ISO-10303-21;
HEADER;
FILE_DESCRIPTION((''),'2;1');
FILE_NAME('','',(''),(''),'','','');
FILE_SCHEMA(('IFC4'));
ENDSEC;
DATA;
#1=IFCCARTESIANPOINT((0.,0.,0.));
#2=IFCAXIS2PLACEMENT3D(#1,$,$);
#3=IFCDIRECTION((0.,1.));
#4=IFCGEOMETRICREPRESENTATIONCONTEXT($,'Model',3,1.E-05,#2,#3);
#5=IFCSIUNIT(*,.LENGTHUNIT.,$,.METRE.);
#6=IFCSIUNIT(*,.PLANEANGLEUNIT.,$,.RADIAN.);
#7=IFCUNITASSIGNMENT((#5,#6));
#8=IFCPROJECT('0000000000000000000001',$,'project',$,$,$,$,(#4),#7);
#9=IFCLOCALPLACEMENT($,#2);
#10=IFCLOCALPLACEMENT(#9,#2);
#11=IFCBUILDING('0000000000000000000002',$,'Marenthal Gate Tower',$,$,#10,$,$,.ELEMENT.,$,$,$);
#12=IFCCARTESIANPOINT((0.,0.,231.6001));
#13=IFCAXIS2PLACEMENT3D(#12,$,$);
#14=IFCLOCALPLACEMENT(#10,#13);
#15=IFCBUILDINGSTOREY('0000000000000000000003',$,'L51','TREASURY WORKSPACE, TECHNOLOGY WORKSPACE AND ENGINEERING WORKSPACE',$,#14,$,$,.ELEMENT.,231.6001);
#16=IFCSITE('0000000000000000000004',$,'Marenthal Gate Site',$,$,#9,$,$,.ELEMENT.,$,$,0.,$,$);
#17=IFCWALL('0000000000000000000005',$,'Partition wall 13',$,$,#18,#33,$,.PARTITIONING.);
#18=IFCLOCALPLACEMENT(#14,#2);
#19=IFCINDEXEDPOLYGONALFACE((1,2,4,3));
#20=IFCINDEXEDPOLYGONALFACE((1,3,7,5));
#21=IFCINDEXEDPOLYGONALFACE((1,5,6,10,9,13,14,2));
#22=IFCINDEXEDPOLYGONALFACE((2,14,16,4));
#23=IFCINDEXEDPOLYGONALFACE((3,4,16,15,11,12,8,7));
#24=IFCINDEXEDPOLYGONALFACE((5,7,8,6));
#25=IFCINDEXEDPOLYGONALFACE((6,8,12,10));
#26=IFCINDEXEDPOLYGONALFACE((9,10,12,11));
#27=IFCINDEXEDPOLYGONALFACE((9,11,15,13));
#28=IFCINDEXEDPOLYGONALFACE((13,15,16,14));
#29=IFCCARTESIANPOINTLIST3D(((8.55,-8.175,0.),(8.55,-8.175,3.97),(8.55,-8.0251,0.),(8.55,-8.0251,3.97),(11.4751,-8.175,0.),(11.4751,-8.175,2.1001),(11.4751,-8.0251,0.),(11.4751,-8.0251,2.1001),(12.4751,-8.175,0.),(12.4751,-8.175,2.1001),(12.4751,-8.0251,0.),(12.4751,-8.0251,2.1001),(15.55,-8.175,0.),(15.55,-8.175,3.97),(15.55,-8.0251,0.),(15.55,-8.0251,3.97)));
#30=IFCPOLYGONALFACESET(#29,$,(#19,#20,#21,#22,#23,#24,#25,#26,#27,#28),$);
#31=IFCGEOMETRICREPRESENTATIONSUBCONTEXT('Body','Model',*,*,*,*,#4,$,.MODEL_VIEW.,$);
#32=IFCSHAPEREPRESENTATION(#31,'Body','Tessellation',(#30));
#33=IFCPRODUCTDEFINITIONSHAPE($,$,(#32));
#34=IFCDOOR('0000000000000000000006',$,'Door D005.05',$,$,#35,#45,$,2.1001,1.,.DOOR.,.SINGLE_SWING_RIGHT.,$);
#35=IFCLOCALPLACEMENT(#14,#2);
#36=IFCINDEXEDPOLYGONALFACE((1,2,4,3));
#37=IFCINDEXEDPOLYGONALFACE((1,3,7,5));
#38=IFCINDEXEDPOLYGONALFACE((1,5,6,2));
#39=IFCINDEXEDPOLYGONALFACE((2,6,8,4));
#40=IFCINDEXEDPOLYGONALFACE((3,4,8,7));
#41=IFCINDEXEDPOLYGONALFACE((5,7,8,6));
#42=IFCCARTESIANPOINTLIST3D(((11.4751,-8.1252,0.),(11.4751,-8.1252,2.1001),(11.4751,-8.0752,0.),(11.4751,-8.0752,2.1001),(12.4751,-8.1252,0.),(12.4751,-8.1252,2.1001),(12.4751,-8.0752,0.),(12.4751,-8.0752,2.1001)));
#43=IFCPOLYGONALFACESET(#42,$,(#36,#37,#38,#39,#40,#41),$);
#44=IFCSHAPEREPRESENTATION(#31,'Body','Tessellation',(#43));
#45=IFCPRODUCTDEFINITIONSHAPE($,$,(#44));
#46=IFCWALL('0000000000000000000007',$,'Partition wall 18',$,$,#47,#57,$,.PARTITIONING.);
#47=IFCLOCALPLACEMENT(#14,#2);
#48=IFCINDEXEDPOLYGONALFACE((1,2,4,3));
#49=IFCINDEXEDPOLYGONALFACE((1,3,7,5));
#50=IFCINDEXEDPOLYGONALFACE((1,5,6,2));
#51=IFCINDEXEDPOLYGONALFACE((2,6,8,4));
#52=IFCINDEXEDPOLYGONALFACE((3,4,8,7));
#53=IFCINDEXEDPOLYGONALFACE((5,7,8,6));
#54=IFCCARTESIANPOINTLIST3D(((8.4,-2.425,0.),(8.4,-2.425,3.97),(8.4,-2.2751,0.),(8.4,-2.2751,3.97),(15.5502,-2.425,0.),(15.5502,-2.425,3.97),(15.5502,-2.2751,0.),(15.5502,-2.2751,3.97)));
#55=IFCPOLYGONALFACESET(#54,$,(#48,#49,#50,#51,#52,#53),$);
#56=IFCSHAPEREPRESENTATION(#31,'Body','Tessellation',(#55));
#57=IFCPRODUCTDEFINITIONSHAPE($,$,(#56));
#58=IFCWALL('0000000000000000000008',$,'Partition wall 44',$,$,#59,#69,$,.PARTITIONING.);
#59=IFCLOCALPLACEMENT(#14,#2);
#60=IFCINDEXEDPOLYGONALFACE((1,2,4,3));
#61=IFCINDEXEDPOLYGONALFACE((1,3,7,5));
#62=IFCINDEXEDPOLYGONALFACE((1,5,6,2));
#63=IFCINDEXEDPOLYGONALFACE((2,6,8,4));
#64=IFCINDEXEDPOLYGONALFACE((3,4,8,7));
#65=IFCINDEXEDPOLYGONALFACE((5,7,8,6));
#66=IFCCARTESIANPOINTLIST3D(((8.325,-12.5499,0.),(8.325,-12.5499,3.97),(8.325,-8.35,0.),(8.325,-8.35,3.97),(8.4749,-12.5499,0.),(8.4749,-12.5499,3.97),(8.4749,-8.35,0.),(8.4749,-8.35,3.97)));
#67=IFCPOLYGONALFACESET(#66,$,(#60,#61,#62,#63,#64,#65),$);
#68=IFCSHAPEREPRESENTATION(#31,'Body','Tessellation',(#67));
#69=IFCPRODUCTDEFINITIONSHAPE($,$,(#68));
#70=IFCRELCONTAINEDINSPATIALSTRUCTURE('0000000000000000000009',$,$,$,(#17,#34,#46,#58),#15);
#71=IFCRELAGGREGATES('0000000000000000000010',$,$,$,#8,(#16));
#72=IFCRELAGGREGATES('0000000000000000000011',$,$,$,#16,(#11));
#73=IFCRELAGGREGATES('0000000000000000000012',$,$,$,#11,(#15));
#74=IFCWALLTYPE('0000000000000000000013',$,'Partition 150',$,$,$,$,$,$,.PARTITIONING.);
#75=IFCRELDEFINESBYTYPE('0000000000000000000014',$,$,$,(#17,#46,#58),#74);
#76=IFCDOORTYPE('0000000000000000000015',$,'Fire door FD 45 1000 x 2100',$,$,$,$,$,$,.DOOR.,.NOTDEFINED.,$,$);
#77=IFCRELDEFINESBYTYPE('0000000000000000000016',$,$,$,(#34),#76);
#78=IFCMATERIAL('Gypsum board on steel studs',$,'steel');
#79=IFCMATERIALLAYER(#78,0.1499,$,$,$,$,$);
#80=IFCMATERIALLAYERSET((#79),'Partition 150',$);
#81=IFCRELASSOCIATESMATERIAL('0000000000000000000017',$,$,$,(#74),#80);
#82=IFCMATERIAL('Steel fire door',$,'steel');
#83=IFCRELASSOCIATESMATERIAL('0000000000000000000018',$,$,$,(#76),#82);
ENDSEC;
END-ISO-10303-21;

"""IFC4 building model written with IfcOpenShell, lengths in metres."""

from ifc_helpers import new_model, si_unit, direction, frame, frame_2d, origin, place, context, subcontext, project, spatial, rectangle, extrude, material, layer, layer_set, type_object, element, fill, save


model = new_model("IFC4")

# Units and contexts
model_context = context("Model", 3, precision=1e-05, world=origin(), true_north=direction((0.0, 1.0)))
body_context = subcontext(model_context, "Body", "Model", "MODEL_VIEW")
ifc_project = project(units=[si_unit("LENGTHUNIT", "METRE"), si_unit("PLANEANGLEUNIT", "RADIAN")], contexts=[model_context])

# Site, building, storey
site_placement = place(None, origin())
site = spatial("IfcSite", under=ifc_project, at=site_placement, Name="Marenthal Gate Site", CompositionType="ELEMENT", RefElevation=0.0)
building_placement = place(site_placement, origin())
building = spatial("IfcBuilding", under=site, at=building_placement, Name="Marenthal Gate Tower", CompositionType="ELEMENT")
storey_placement = place(building_placement, frame((0.0, 0.0, 231.6001)))
storey = spatial("IfcBuildingStorey", under=building, at=storey_placement, Name="L51", Description="TREASURY WORKSPACE, TECHNOLOGY WORKSPACE AND ENGINEERING WORKSPACE", CompositionType="ELEMENT", Elevation=231.6001)

# Wall, opening, door
ifc_material_1 = material(Name="Gypsum board on steel studs", Category="steel")
ifc_layer_1 = layer(ifc_material_1, 0.1499)
ifc_layer_set_1 = layer_set([ifc_layer_1], Name="Partition 150")
wall_type_1 = type_object("IfcWallType", Name="Partition 150", PredefinedType="PARTITIONING", material=ifc_layer_set_1)
ifc_material_2 = material(Name="Steel fire door", Category="steel")
door_type_1 = type_object("IfcDoorType", Name="Fire door FD 45 1000 x 2100", OperationType="NOTDEFINED", PredefinedType="DOOR", material=ifc_material_2)
wall_1_placement = place(storey_placement, frame((8.55, -8.1001, 0.0), z_axis=(0.0, 0.0, 1.0), x_axis=(1.0, 0.0, 0.0)))
wall_1 = element("IfcWall", 1, at=wall_1_placement, inside=storey, type_object=wall_type_1, Name="Partition wall 13", PredefinedType="PARTITIONING", context=body_context, shape_type="SweptSolid", body=[
    extrude(rectangle(XDim=7.0, YDim=0.1499, at=frame_2d((3.5, 0.0))), origin(), (0.0, 0.0, 1.0), 3.97),
])
opening_1_placement = place(wall_1_placement, frame((2.925, 0.0, 0.0)))
opening_1 = element("IfcOpeningElement", 2, at=opening_1_placement, cuts=wall_1, PredefinedType="OPENING", context=body_context, shape_type="SweptSolid", body=[
    extrude(rectangle(XDim=1.0, YDim=2.1001, at=frame_2d((0.5, 1.05))), frame((0.0, 0.085, 0.0), z_axis=(0.0, -1.0, 0.0), x_axis=(1.0, 0.0, 0.0)), (0.0, 0.0, 1.0), 0.1699),
])
door_1_placement = place(opening_1_placement, origin())
door_1 = element("IfcDoor", 3, at=door_1_placement, inside=storey, type_object=door_type_1, Name="Door D005.05", OperationType="SINGLE_SWING_RIGHT", OverallHeight=2.1001, OverallWidth=1.0, PredefinedType="DOOR", context=body_context, shape_type="SweptSolid", body=[
    extrude(rectangle(XDim=1.0, YDim=2.1001, at=frame_2d((0.5, 1.05))), frame((0.0, 0.0249, 0.0), z_axis=(0.0, -1.0, 0.0), x_axis=(1.0, 0.0, 0.0)), (0.0, 0.0, 1.0), 0.05),
])
fill(opening_1, door_1)

# Walls
wall_2_placement = place(storey_placement, frame((8.3999, -2.3501, 0.0), z_axis=(0.0, 0.0, 1.0), x_axis=(1.0, 0.0, 0.0)))
element("IfcWall", 4, at=wall_2_placement, inside=storey, type_object=wall_type_1, Name="Partition wall 18", PredefinedType="PARTITIONING", context=body_context, shape_type="SweptSolid", body=[
    extrude(rectangle(XDim=7.1501, YDim=0.1499, at=frame_2d((3.5752, 0.0))), origin(), (0.0, 0.0, 1.0), 3.97),
])
wall_3_placement = place(storey_placement, frame((8.3999, -12.55, 0.0), z_axis=(0.0, 0.0, 1.0), x_axis=(0.0, 1.0, 0.0)))
element("IfcWall", 5, at=wall_3_placement, inside=storey, type_object=wall_type_1, Name="Partition wall 44", PredefinedType="PARTITIONING", context=body_context, shape_type="SweptSolid", body=[
    extrude(rectangle(XDim=4.2, YDim=0.1499, at=frame_2d((2.1001, 0.0))), origin(), (0.0, 0.0, 1.0), 3.97),
])

save(model, "model.ifc")
